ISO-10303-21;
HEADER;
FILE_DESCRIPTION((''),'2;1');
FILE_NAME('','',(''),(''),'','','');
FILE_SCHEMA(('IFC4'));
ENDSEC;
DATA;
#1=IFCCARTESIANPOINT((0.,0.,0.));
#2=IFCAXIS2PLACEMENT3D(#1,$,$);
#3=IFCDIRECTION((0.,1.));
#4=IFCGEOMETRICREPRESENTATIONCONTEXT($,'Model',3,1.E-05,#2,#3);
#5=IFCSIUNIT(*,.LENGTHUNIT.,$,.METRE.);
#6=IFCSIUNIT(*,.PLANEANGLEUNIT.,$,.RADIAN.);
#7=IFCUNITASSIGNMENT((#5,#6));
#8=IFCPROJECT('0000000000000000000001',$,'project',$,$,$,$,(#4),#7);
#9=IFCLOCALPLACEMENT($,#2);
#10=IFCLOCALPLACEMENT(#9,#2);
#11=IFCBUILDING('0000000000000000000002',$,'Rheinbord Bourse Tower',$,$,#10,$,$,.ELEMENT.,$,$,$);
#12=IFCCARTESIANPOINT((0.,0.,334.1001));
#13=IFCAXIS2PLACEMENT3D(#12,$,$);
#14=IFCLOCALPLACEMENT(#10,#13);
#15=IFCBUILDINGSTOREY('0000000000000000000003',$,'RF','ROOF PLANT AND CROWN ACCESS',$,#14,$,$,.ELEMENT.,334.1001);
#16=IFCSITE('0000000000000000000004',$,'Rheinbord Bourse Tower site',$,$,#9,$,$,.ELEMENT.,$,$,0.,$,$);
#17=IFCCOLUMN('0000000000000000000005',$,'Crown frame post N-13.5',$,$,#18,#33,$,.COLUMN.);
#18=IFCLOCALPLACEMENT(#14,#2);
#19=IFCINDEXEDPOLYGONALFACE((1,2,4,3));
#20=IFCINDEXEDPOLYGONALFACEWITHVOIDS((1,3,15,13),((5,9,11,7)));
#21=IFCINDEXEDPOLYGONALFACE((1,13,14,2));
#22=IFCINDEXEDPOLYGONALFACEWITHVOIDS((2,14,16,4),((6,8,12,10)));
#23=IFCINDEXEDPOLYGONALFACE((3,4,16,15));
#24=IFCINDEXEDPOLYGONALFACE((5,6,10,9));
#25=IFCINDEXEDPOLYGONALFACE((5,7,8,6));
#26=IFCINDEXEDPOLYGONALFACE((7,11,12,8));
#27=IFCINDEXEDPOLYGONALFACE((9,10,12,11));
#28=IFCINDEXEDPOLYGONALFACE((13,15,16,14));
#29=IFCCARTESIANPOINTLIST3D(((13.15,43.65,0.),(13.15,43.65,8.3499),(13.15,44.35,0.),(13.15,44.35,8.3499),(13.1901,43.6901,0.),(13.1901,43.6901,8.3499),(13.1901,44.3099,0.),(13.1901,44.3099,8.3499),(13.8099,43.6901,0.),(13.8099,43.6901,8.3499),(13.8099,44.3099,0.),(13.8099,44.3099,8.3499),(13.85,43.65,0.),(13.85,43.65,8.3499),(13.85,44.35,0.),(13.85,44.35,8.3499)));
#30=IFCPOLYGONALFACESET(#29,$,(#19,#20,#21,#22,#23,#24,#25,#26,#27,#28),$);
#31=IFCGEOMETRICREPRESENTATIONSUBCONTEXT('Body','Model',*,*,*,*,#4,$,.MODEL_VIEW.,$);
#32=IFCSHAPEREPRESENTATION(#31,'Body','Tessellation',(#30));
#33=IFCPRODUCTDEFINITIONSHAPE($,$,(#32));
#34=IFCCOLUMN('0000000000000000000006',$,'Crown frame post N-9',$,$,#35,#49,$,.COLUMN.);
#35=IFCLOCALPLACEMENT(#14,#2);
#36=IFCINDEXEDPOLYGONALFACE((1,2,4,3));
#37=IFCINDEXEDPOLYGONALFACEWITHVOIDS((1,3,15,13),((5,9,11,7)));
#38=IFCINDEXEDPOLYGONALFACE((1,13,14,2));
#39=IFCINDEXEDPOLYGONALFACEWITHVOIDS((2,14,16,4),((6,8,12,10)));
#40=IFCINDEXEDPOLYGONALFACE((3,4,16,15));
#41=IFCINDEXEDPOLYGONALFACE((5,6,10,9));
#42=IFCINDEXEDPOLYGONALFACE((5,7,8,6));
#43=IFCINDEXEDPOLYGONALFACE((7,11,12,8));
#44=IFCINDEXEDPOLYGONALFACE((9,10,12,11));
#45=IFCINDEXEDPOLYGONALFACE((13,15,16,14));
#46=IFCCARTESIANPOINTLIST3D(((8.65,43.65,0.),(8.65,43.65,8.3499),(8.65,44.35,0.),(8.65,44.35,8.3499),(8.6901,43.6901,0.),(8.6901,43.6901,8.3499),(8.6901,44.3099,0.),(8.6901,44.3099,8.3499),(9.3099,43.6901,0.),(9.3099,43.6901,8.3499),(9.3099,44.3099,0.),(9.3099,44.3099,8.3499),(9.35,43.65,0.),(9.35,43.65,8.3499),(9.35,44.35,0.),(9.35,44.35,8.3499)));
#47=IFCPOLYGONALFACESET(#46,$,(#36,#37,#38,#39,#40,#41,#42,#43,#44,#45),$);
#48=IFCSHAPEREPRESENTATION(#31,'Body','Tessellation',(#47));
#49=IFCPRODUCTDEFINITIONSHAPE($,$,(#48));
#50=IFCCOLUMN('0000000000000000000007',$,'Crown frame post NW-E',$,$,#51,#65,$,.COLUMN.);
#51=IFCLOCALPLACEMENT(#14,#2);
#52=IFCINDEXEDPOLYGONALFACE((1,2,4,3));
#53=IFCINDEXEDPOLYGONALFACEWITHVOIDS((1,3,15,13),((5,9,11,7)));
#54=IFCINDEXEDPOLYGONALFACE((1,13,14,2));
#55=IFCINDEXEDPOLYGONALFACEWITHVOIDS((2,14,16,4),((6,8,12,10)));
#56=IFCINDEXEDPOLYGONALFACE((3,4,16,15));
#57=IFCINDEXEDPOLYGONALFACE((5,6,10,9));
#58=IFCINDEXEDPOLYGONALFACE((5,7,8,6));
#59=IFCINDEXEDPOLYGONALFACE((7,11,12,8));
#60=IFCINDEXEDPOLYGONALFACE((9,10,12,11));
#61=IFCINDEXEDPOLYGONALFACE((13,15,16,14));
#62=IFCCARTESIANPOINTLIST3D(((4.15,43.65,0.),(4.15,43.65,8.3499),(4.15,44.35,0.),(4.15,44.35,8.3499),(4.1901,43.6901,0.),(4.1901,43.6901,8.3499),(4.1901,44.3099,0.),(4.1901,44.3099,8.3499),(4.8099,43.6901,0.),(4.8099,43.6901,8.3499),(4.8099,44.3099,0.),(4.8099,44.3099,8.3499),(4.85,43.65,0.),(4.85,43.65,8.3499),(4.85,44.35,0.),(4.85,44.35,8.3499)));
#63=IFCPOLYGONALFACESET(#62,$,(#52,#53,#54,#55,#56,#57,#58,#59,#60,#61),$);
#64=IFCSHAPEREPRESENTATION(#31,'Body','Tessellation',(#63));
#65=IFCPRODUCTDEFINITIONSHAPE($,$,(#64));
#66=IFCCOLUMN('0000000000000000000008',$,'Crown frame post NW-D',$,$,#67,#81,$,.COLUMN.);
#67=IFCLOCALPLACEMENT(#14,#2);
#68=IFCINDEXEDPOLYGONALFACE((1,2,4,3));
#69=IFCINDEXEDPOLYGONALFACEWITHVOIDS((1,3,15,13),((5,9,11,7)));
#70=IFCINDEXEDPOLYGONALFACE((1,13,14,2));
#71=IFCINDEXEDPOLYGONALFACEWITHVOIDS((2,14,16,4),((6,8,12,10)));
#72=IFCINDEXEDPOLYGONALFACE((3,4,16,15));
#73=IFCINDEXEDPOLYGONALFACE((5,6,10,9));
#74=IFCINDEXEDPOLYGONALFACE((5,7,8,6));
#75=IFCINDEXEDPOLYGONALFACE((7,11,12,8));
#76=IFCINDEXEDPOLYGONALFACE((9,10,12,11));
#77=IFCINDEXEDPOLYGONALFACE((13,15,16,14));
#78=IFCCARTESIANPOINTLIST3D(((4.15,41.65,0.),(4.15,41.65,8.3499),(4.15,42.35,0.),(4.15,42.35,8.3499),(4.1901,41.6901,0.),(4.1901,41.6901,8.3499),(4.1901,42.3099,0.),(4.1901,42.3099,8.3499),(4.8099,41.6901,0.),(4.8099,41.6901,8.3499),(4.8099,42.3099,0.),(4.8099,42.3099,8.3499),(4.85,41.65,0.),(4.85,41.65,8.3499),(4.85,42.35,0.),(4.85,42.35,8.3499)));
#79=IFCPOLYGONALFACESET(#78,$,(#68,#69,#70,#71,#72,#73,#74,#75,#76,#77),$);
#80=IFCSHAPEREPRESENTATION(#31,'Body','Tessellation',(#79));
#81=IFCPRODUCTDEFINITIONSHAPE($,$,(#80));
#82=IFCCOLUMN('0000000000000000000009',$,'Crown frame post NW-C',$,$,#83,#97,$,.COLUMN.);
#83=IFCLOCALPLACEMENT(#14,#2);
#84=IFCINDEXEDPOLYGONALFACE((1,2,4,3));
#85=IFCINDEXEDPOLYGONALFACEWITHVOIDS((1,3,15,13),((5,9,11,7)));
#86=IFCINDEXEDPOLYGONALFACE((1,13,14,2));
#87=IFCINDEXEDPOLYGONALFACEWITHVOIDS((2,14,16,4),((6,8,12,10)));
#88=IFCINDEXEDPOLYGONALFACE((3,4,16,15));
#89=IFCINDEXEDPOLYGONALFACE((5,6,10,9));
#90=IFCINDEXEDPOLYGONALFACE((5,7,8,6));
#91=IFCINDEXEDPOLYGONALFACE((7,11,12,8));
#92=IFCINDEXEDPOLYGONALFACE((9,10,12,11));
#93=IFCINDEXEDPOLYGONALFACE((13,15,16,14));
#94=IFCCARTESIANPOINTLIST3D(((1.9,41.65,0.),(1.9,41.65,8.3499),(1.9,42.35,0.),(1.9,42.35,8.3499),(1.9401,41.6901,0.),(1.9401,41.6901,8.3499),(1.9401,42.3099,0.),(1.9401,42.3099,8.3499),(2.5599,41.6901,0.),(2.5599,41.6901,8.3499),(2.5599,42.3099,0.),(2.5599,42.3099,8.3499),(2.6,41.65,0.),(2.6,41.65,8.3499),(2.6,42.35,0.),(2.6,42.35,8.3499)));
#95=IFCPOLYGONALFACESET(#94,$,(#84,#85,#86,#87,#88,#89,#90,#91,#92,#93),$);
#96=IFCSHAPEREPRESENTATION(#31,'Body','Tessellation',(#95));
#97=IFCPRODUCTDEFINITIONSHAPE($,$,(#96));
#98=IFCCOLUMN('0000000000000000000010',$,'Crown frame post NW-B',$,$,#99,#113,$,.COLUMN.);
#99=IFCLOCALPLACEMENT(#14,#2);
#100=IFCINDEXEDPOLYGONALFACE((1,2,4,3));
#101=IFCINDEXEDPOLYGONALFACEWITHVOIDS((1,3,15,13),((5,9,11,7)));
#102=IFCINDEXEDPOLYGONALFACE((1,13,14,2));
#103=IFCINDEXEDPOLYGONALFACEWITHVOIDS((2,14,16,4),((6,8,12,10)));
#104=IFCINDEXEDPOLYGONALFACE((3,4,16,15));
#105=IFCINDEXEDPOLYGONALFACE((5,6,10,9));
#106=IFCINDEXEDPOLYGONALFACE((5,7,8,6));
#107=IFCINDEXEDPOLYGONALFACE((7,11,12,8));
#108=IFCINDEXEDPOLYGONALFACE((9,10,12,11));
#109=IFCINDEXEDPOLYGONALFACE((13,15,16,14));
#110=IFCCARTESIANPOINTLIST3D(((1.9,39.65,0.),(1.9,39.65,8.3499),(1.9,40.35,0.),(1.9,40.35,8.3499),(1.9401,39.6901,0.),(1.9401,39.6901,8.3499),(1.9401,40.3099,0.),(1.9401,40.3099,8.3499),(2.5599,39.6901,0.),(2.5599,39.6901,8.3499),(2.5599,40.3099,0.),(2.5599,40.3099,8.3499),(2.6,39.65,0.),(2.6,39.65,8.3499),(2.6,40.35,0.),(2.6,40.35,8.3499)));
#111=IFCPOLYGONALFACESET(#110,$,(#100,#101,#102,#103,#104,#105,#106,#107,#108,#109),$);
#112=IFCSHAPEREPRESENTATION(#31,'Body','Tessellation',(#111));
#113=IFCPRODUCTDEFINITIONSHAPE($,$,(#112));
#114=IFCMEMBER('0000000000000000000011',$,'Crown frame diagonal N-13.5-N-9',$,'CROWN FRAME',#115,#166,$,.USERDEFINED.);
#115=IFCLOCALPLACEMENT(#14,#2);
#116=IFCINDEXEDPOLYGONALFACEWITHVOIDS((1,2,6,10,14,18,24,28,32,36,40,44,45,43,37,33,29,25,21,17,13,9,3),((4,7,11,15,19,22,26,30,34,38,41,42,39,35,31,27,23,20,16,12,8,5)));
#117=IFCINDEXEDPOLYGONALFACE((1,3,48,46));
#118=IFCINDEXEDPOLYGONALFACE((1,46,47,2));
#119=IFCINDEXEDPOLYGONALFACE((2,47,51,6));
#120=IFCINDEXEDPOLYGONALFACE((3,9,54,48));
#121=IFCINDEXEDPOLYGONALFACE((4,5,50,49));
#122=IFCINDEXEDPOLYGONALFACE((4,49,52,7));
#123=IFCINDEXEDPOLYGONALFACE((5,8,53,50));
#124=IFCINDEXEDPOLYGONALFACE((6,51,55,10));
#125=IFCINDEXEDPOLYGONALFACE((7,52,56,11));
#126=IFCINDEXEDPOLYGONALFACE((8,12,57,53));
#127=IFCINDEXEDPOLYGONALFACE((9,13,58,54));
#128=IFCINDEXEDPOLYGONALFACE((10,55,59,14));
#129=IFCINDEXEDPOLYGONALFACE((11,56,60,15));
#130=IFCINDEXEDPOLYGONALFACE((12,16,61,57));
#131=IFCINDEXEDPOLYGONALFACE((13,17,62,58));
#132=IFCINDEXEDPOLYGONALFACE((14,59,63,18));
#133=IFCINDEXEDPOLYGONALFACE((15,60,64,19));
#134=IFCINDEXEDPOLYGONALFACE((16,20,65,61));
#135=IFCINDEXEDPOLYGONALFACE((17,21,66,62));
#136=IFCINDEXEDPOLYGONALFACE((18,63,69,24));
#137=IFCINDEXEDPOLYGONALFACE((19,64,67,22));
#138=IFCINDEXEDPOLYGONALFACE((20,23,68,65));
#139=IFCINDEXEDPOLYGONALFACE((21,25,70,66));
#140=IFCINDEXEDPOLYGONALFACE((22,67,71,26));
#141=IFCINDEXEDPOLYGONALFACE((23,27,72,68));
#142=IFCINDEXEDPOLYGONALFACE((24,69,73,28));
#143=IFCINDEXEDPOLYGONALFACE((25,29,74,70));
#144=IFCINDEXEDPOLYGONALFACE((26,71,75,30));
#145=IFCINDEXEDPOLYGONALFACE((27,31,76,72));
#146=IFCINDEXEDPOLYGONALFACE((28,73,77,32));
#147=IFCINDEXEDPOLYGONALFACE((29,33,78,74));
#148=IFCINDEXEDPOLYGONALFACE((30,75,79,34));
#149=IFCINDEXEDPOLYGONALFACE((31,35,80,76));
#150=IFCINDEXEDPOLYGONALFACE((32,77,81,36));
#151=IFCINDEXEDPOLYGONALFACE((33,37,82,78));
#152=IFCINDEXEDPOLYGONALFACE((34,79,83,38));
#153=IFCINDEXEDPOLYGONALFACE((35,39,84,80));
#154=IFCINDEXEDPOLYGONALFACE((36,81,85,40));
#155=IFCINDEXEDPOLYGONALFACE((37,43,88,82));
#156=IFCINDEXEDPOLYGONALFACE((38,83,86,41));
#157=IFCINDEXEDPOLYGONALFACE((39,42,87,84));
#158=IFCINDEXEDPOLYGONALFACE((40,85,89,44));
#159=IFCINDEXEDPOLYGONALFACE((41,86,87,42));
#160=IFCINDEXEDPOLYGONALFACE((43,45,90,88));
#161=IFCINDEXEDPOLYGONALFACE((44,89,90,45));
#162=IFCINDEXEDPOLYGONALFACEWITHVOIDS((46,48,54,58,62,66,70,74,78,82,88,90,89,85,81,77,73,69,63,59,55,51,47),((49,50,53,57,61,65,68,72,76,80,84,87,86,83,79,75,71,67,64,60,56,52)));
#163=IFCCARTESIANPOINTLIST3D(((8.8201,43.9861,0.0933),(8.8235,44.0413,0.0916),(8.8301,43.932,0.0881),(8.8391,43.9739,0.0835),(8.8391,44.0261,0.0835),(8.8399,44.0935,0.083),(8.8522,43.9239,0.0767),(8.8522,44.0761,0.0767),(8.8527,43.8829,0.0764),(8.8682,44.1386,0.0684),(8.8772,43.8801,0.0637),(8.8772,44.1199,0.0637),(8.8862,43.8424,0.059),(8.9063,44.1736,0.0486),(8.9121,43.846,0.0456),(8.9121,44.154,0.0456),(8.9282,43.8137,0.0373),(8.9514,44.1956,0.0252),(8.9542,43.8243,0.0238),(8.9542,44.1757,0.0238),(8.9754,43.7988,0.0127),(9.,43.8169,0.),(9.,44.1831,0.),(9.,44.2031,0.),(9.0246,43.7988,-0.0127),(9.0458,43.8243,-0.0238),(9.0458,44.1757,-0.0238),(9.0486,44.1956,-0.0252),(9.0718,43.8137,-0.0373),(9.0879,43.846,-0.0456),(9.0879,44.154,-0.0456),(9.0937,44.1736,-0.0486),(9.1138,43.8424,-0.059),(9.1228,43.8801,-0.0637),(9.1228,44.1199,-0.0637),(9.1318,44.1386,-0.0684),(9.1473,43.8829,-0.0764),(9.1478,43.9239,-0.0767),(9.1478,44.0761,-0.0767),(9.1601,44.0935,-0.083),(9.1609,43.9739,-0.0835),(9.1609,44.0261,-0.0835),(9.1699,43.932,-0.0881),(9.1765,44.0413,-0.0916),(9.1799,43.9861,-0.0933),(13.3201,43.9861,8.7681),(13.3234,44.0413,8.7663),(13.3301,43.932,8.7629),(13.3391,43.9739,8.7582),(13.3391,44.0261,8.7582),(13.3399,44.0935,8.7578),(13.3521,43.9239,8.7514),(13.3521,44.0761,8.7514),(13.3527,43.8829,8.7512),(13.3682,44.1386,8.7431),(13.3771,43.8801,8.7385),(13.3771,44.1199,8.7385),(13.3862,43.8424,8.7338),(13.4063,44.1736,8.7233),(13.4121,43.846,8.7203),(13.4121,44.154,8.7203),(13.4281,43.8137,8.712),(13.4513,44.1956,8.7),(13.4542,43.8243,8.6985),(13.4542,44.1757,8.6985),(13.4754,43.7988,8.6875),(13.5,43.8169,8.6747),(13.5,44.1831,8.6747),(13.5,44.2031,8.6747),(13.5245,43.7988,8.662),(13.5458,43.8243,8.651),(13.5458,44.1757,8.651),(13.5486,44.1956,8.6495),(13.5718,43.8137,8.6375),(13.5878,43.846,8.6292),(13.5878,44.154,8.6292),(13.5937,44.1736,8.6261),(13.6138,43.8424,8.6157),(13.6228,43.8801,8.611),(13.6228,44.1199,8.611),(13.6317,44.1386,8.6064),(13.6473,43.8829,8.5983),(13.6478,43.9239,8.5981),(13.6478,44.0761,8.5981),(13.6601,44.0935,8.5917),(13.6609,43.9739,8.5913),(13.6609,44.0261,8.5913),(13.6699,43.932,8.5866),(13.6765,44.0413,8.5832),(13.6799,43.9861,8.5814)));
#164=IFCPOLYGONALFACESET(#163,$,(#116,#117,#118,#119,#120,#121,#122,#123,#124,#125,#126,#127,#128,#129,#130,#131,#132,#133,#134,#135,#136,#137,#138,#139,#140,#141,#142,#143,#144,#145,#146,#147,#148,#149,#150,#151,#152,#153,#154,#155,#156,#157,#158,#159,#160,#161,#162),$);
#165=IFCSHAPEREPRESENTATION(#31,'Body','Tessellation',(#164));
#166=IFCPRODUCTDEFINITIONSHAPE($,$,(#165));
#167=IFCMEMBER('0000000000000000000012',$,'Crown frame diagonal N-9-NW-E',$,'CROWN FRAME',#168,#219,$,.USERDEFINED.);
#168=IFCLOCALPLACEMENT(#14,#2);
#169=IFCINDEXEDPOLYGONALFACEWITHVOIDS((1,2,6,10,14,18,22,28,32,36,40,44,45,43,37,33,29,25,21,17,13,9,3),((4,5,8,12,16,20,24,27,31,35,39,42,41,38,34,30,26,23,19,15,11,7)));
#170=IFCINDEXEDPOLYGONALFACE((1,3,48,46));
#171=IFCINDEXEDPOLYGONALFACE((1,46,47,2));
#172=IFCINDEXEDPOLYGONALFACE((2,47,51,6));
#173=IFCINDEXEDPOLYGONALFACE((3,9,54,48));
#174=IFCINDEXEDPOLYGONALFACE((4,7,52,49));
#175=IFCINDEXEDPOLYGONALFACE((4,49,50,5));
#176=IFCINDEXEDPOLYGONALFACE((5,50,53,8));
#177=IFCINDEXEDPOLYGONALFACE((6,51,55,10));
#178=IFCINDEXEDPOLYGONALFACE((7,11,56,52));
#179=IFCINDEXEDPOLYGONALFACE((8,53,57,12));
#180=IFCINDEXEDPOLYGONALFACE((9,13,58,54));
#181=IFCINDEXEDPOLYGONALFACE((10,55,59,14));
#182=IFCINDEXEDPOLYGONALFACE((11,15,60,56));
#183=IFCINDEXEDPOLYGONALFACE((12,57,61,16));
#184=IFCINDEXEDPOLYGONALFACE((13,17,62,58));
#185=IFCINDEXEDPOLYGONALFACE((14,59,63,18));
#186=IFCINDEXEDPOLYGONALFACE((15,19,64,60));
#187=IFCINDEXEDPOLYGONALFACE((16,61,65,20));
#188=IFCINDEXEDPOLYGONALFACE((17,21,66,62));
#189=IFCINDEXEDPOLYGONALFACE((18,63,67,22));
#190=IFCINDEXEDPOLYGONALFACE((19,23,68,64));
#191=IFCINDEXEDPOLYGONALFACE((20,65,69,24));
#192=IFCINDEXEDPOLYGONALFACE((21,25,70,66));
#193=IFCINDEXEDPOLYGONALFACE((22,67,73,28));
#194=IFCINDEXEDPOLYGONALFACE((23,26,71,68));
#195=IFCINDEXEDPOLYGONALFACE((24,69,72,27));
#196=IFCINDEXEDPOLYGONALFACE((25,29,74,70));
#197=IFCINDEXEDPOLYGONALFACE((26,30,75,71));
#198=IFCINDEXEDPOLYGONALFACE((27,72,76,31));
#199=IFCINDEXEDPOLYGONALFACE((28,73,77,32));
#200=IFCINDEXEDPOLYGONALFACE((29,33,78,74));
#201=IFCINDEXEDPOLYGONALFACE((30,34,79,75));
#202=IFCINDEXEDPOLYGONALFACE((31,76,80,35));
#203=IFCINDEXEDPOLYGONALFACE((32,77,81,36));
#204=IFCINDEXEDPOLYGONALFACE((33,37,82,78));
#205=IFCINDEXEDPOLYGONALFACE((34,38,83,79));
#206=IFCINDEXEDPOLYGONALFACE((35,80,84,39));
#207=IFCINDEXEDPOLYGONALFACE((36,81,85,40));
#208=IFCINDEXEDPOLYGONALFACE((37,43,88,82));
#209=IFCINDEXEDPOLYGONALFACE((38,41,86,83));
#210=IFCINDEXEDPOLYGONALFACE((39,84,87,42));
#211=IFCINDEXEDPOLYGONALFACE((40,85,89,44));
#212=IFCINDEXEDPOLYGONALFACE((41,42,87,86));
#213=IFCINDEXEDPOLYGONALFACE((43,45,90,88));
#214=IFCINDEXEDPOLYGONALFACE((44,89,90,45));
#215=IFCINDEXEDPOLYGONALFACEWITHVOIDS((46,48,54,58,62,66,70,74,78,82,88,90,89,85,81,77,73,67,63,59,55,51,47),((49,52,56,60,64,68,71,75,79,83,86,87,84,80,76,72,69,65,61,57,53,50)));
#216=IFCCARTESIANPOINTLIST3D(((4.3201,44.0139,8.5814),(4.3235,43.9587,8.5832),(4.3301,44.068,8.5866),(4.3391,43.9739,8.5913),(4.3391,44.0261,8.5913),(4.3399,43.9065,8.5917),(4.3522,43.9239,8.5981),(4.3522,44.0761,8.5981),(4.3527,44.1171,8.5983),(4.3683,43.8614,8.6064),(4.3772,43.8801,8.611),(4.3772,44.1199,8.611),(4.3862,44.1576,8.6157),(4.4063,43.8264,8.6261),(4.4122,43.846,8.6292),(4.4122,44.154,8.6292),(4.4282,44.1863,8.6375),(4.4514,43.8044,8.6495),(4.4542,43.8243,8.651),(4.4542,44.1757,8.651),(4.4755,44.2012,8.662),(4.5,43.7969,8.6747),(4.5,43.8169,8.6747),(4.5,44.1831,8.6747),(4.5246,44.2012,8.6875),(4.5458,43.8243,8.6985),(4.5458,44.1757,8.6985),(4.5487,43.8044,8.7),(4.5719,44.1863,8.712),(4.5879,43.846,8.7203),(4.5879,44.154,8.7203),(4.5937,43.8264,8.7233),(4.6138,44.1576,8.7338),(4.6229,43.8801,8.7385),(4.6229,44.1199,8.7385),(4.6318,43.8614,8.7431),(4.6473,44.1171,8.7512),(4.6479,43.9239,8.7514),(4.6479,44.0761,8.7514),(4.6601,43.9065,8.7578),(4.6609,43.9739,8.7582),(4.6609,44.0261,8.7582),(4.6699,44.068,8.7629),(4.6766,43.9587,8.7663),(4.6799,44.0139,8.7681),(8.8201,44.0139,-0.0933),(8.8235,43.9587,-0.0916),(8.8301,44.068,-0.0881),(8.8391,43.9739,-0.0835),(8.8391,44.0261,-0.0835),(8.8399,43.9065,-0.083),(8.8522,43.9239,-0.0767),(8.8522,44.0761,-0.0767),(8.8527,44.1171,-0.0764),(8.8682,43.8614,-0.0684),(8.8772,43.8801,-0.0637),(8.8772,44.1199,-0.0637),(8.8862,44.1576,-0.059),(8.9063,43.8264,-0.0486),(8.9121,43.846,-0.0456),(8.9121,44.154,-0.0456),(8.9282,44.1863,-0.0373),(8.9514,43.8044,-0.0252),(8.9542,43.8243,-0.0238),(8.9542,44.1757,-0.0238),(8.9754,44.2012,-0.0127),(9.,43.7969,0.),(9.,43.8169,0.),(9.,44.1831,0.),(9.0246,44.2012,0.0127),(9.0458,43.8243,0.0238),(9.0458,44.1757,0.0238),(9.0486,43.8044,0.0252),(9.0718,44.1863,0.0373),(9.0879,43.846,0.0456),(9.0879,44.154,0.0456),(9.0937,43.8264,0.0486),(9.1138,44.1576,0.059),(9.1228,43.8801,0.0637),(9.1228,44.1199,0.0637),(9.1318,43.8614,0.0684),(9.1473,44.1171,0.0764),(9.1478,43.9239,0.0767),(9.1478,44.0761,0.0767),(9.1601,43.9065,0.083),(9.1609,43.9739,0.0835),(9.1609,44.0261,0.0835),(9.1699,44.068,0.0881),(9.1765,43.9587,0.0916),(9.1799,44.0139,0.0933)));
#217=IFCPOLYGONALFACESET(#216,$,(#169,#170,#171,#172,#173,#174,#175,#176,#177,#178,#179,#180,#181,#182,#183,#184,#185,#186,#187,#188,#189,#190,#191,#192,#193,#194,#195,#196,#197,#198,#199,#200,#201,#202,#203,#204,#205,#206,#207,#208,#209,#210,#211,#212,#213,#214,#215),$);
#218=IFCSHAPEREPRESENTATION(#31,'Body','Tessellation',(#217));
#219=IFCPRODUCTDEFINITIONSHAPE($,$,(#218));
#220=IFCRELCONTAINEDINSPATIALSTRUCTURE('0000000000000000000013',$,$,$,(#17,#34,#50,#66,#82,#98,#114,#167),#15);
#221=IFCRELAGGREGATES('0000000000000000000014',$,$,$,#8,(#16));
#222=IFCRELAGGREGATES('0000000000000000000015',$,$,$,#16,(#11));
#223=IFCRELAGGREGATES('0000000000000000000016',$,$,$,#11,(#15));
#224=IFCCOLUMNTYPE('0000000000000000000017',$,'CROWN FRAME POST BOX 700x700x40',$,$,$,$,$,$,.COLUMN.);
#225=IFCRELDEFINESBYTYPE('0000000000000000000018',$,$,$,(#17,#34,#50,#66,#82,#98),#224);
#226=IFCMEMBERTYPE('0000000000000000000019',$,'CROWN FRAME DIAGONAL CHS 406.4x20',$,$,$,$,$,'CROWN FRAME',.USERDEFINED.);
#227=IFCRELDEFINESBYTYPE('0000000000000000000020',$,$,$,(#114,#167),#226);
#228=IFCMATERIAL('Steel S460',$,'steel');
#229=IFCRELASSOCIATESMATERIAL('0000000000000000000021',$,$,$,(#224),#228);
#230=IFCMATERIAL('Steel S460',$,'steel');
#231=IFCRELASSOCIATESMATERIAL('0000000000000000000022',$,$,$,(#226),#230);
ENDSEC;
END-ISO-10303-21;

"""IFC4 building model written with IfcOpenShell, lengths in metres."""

from ifc_helpers import new_model, si_unit, direction, frame, origin, origin_2d, place, context, subcontext, project, spatial, hollow_rectangle, hollow_circle, extrude, material, material_profile, profile_set, type_object, element, save


model = new_model("IFC4")

# Units and contexts
model_context = context("Model", 3, precision=1e-05, world=origin(), true_north=direction((0.0, 1.0)))
body_context = subcontext(model_context, "Body", "Model", "MODEL_VIEW")
ifc_project = project(units=[si_unit("LENGTHUNIT", "METRE"), si_unit("PLANEANGLEUNIT", "RADIAN")], contexts=[model_context])

# Site, building, storey
site_placement = place(None, origin())
site = spatial("IfcSite", under=ifc_project, at=site_placement, Name="Rheinbord Bourse Tower site", CompositionType="ELEMENT", RefElevation=0.0)
building_placement = place(site_placement, origin())
building = spatial("IfcBuilding", under=site, at=building_placement, Name="Rheinbord Bourse Tower", CompositionType="ELEMENT")
storey_placement = place(building_placement, frame((0.0, 0.0, 334.1001)))
storey = spatial("IfcBuildingStorey", under=building, at=storey_placement, Name="RF", Description="ROOF PLANT AND CROWN ACCESS", CompositionType="ELEMENT", Elevation=334.1001)

# Columns
ifc_material_1 = material(Name="Steel S460", Category="steel")
ifc_material_profile_1 = material_profile(ifc_material_1, hollow_rectangle(XDim=0.7, YDim=0.7, WallThickness=0.04, at=origin_2d()), Name="BOX 700x700x40")
ifc_profile_set_1 = profile_set([ifc_material_profile_1], Name="Steel S460")
column_type = type_object("IfcColumnType", Name="CROWN FRAME POST BOX 700x700x40", PredefinedType="COLUMN", material=ifc_profile_set_1)
for number, where, z_axis, x_axis, name in (
    (1, (13.5, 44.0, 0.0), (0.0, 0.0, 1.0), (1.0, 0.0, 0.0), "Crown frame post N-13.5"),
    (2, (9.0, 44.0, 0.0), (0.0, 0.0, 1.0), (1.0, 0.0, 0.0), "Crown frame post N-9"),
    (3, (4.5, 44.0, 0.0), (0.0, 0.0, 1.0), (1.0, 0.0, 0.0), "Crown frame post NW-E"),
    (4, (4.5, 42.0, 0.0), (0.0, 0.0, 1.0), (1.0, 0.0, 0.0), "Crown frame post NW-D"),
    (5, (2.25, 42.0, 0.0), (0.0, 0.0, 1.0), (1.0, 0.0, 0.0), "Crown frame post NW-C"),
    (6, (2.25, 40.0, 0.0), (0.0, 0.0, 1.0), (1.0, 0.0, 0.0), "Crown frame post NW-B"),
):
    element("IfcColumn", number, at=place(storey_placement, frame(where, z_axis=z_axis, x_axis=x_axis)), inside=storey, type_object=column_type, Name=name, PredefinedType="COLUMN", context=body_context, shape_type="SweptSolid", body=[
        extrude(hollow_rectangle(XDim=0.7, YDim=0.7, WallThickness=0.04, at=origin_2d()), origin(), (0.0, 0.0, 1.0), 8.3499),
    ])

# Members
ifc_material_2 = material(Name="Steel S460", Category="steel")
ifc_material_profile_2 = material_profile(ifc_material_2, hollow_circle(Radius=0.2031, WallThickness=0.02, at=origin_2d()), Name="CHS 406.4x20")
ifc_profile_set_2 = profile_set([ifc_material_profile_2], Name="Steel S460")
member_type = type_object("IfcMemberType", Name="CROWN FRAME DIAGONAL CHS 406.4x20", ElementType="CROWN FRAME", PredefinedType="USERDEFINED", material=ifc_profile_set_2)
for number, where, z_axis, x_axis, name in (
    (7, (9.0, 44.0, 0.0), (0.460475, 0.0, 0.887673), (0.0, 1.0, 0.0), "Crown frame diagonal N-13.5-N-9"),
    (8, (9.0, 44.0, 0.0), (-0.460475, 0.0, 0.887673), (0.0, -1.0, 0.0), "Crown frame diagonal N-9-NW-E"),
):
    element("IfcMember", number, at=place(storey_placement, frame(where, z_axis=z_axis, x_axis=x_axis)), inside=storey, type_object=member_type, Name=name, ObjectType="CROWN FRAME", PredefinedType="USERDEFINED", context=body_context, shape_type="SweptSolid", body=[
        extrude(hollow_circle(Radius=0.2031, WallThickness=0.02, at=origin_2d()), origin(), (0.0, 0.0, 1.0), 9.7725),
    ])

save(model, "model.ifc")
